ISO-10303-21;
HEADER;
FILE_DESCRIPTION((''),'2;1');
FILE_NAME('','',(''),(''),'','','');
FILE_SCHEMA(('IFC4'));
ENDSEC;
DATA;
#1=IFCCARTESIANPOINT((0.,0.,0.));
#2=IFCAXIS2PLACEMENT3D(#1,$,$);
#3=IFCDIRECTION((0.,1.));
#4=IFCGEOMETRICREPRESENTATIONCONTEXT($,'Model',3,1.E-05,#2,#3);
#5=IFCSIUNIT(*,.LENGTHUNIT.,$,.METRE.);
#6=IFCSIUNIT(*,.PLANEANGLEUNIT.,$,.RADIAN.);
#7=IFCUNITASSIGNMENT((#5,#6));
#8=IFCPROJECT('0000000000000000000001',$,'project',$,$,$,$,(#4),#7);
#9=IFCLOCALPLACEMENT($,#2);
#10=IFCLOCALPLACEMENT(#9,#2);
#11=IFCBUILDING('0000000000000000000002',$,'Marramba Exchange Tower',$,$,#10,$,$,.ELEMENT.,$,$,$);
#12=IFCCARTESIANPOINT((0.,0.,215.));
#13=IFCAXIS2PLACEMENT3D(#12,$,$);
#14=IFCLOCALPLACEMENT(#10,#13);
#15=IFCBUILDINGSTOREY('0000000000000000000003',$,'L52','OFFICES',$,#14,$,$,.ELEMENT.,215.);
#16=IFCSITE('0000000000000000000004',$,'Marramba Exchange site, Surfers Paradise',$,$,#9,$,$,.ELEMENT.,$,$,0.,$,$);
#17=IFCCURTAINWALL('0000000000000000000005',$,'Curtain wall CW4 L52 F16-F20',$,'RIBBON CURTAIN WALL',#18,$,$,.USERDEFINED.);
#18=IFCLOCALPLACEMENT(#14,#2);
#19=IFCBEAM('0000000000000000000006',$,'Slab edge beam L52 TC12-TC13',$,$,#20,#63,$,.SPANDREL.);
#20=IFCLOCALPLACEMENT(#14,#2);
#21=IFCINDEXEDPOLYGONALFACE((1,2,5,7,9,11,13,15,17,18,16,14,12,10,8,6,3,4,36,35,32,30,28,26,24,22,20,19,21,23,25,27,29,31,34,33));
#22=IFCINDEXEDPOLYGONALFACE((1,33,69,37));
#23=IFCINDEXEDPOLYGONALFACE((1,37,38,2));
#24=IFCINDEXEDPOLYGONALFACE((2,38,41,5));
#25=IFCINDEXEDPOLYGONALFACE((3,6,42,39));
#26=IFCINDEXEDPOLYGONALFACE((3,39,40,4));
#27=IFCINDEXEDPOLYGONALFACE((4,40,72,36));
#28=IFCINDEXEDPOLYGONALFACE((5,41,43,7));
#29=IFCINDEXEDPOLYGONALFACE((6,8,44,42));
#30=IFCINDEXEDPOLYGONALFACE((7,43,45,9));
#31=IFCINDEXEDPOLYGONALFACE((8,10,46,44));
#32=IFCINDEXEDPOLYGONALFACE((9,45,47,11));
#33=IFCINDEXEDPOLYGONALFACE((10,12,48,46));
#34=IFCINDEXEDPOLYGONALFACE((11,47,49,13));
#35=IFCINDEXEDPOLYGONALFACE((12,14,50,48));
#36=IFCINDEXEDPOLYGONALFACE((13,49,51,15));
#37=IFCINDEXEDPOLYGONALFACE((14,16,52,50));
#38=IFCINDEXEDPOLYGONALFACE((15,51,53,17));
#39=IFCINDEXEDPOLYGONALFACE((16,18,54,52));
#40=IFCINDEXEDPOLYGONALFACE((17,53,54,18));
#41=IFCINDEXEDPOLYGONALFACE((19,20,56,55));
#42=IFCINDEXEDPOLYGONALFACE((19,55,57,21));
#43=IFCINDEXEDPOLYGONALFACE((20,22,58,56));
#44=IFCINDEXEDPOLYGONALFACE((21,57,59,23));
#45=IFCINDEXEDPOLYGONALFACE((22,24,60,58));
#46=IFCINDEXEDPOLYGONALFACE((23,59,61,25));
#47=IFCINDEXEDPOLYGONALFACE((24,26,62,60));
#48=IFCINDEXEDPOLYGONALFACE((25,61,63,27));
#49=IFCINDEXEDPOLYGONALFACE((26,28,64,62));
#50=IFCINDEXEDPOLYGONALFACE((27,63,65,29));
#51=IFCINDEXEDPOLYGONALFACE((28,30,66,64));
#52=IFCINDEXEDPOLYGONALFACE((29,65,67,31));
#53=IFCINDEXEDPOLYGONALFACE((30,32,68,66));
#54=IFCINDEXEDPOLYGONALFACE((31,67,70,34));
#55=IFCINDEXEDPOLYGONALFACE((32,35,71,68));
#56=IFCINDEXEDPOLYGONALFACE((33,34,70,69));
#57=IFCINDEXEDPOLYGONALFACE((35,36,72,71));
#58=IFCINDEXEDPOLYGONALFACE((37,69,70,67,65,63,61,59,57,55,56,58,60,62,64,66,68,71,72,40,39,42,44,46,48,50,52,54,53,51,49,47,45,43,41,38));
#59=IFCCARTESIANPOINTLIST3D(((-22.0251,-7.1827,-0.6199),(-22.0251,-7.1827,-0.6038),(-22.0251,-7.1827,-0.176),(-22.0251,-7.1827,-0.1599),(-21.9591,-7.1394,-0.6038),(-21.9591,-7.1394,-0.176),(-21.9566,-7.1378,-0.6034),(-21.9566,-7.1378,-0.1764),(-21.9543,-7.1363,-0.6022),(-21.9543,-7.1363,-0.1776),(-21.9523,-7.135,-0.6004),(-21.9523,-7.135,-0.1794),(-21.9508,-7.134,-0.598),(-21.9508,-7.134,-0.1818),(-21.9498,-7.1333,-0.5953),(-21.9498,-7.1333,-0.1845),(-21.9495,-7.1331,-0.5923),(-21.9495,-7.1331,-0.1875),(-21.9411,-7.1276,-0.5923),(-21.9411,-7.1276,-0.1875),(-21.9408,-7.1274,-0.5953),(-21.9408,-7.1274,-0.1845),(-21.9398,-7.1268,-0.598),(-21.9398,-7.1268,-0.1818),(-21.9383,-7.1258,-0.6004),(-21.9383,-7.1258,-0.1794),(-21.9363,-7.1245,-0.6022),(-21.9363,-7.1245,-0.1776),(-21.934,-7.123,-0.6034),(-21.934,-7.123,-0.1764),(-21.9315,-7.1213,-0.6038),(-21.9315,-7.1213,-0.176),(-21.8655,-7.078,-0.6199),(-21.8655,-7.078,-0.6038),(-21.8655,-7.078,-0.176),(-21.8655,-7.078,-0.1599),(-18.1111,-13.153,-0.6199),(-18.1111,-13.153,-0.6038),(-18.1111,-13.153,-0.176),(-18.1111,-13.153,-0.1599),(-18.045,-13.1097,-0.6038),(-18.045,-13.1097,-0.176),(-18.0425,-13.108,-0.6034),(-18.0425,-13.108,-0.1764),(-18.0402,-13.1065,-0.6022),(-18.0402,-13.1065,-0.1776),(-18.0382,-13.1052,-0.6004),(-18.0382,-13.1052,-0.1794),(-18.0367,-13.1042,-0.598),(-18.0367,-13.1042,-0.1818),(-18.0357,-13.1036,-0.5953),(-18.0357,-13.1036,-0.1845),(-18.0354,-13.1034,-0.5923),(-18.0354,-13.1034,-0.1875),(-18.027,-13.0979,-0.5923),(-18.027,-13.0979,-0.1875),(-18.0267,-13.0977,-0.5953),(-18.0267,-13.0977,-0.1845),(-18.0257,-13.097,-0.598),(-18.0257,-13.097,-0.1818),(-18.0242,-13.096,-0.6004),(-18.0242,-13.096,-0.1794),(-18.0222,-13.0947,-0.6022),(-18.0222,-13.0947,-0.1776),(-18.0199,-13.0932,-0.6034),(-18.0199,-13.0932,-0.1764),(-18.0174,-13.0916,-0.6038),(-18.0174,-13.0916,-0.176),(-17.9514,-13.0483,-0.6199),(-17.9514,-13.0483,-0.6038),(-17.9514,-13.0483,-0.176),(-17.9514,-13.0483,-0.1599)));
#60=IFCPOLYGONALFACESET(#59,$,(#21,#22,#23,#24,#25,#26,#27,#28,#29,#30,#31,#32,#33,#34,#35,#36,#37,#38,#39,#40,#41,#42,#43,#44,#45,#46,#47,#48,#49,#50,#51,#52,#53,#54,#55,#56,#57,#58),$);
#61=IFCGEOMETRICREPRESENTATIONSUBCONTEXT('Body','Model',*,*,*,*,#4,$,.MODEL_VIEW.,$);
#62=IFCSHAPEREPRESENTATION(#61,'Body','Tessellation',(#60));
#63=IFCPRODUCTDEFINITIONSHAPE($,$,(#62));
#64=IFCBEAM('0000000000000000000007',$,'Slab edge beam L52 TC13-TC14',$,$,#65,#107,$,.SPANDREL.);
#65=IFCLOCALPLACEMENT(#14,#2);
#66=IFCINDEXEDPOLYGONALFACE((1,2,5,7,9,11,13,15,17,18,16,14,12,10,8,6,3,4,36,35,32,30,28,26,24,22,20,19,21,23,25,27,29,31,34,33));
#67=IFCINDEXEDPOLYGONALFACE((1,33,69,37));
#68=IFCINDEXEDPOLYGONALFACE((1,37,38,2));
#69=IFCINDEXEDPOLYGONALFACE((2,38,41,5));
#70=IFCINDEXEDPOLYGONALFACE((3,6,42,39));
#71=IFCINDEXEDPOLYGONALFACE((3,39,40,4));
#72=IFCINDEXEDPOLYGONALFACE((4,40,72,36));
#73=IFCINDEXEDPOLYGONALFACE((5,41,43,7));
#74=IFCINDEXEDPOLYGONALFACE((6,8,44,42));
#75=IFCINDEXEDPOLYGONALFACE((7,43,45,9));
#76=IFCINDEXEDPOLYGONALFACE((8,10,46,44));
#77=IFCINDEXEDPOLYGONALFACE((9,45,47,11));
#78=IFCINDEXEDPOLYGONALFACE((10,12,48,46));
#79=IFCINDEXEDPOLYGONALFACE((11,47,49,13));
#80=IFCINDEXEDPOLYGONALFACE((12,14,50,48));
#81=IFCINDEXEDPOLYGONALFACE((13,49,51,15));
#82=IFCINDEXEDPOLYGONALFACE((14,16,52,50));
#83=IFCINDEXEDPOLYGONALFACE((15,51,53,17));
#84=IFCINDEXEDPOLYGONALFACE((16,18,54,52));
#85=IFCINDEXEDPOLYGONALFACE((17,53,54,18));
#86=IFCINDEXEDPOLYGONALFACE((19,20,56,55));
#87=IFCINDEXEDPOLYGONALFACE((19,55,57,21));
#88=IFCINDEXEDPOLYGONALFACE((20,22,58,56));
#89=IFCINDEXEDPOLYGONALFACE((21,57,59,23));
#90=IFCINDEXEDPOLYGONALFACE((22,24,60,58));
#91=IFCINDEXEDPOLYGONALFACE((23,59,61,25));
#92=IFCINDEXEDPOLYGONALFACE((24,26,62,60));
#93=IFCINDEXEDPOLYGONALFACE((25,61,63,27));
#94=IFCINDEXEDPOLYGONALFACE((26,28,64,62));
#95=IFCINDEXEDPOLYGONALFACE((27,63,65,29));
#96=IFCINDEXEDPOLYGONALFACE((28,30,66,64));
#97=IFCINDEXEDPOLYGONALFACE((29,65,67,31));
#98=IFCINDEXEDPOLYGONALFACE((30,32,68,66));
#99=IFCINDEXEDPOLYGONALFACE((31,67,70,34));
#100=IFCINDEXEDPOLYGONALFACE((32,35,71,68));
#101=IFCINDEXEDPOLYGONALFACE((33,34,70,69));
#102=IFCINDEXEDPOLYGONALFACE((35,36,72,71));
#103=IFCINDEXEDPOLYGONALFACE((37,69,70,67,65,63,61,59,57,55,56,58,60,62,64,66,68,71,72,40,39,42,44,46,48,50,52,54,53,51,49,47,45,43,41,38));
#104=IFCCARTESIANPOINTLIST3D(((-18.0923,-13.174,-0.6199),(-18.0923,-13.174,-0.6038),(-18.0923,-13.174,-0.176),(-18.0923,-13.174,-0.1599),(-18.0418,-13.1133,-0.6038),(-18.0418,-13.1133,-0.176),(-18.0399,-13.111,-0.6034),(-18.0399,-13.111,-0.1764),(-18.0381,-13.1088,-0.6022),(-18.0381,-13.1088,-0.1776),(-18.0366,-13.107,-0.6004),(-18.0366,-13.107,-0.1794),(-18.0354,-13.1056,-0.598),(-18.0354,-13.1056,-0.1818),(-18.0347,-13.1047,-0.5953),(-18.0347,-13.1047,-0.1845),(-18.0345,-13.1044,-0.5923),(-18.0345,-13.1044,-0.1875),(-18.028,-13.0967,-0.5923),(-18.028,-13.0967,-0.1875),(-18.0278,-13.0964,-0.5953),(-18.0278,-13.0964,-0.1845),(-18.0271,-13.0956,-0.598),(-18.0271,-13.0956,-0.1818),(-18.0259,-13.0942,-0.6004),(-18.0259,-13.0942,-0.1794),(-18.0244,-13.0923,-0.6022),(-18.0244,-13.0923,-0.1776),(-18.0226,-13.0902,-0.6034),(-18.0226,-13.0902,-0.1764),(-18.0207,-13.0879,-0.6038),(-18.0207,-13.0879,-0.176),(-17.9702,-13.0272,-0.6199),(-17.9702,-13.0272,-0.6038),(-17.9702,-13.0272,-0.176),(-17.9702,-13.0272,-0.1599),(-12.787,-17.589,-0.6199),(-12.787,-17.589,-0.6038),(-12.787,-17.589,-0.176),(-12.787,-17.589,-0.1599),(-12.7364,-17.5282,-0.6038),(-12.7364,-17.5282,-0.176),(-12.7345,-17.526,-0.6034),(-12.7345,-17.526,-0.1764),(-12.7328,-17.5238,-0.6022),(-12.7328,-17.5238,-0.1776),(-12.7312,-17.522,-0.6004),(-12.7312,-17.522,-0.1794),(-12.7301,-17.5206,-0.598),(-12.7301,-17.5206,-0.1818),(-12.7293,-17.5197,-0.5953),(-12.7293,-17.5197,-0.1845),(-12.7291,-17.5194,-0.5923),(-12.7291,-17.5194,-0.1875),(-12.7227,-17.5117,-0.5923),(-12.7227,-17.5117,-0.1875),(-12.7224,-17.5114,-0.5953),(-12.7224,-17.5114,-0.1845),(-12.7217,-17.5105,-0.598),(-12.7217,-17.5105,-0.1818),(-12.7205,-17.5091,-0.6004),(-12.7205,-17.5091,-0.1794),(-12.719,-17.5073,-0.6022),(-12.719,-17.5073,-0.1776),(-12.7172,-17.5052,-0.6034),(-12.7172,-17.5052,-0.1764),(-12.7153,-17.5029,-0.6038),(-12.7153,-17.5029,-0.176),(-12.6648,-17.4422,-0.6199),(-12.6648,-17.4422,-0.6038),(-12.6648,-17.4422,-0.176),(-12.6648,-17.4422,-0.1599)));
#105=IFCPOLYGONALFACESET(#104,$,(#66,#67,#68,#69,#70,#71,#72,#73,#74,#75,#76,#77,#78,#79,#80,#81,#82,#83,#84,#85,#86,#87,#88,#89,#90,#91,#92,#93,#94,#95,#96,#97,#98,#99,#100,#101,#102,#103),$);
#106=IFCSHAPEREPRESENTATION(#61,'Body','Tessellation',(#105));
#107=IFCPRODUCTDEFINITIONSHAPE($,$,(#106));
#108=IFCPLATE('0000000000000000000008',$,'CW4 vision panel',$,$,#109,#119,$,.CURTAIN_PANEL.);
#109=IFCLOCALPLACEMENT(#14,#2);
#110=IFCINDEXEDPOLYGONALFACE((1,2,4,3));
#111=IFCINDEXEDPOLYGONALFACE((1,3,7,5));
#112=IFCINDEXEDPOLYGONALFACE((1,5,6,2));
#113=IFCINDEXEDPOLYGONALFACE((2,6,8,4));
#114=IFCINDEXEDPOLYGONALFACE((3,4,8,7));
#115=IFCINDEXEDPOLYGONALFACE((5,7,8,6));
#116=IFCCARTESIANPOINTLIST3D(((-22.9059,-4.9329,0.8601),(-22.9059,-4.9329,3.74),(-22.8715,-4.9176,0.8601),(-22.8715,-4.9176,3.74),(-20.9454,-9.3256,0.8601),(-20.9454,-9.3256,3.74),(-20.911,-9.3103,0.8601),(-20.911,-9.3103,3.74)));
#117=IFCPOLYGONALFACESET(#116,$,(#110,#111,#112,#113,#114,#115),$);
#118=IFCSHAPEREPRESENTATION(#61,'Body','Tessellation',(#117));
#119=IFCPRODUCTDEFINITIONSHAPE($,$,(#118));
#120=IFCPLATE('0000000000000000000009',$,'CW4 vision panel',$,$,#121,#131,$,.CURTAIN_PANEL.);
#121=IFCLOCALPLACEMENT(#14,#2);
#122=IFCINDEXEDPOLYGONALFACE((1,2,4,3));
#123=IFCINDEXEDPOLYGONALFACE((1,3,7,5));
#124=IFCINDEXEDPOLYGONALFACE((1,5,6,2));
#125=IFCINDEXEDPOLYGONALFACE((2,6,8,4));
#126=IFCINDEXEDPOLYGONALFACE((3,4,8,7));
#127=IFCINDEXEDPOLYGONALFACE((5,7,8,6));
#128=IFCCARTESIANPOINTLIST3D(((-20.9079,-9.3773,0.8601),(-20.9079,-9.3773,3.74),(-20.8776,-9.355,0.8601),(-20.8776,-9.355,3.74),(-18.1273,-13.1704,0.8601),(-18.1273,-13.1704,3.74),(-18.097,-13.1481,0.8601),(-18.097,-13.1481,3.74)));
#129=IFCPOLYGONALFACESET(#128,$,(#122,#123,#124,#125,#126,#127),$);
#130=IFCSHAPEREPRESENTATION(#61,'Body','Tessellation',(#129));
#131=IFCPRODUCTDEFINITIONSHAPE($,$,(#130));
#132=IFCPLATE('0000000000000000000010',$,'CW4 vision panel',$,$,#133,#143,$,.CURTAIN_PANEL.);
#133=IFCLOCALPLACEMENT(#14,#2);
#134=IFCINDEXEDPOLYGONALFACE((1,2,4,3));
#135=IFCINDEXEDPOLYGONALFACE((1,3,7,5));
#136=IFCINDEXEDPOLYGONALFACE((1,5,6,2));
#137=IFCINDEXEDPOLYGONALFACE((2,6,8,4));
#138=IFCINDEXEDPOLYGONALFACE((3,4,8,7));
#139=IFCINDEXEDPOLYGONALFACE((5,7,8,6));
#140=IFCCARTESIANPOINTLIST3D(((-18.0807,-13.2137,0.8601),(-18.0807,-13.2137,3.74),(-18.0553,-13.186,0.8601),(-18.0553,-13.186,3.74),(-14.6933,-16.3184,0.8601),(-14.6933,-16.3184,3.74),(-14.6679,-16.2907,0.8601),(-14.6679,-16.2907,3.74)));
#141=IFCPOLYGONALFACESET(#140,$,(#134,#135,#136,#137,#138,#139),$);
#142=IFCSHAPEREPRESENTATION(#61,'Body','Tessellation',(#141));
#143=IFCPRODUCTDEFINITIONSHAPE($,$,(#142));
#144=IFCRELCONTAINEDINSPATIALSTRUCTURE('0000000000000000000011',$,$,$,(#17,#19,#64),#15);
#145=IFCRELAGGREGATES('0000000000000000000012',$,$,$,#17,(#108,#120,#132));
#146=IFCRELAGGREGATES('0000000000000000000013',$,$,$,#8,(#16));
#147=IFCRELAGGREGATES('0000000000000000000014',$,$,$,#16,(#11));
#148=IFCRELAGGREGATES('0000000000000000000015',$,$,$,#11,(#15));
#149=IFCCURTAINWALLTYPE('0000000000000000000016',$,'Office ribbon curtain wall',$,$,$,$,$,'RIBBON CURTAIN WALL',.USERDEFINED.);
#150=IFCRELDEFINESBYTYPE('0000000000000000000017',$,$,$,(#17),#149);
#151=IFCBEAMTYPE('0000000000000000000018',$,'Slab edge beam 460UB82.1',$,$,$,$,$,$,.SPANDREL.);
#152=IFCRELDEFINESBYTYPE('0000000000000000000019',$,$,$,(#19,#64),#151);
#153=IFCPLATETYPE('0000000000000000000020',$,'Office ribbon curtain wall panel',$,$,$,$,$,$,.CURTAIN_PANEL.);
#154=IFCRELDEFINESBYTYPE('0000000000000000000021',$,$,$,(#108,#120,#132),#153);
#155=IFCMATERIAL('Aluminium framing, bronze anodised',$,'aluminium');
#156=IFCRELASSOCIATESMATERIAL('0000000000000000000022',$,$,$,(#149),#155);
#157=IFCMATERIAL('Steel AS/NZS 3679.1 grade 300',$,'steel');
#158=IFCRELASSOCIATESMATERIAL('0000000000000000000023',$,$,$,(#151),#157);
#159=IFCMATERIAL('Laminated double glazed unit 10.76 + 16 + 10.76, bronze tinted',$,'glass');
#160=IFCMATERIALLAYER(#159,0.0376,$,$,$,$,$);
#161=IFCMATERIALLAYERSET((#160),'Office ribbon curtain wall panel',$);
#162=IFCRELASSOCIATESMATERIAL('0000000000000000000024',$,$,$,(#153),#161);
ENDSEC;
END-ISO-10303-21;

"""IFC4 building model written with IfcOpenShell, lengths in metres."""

from ifc_helpers import new_model, si_unit, direction, frame, origin, origin_2d, place, context, subcontext, project, spatial, rectangle, i_section, extrude, material, layer, layer_set, material_profile, profile_set, type_object, element, aggregate, save


model = new_model("IFC4")

# Units and contexts
model_context = context("Model", 3, precision=1e-05, world=origin(), true_north=direction((0.0, 1.0)))
body_context = subcontext(model_context, "Body", "Model", "MODEL_VIEW")
ifc_project = project(units=[si_unit("LENGTHUNIT", "METRE"), si_unit("PLANEANGLEUNIT", "RADIAN")], contexts=[model_context])

# Site, building, storey
site_placement = place(None, origin())
site = spatial("IfcSite", under=ifc_project, at=site_placement, Name="Marramba Exchange site, Surfers Paradise", CompositionType="ELEMENT", RefElevation=0.0)
building_placement = place(site_placement, origin())
building = spatial("IfcBuilding", under=site, at=building_placement, Name="Marramba Exchange Tower", CompositionType="ELEMENT")
storey_placement = place(building_placement, frame((0.0, 0.0, 215.0)))
storey = spatial("IfcBuildingStorey", under=building, at=storey_placement, Name="L52", Description="OFFICES", CompositionType="ELEMENT", Elevation=215.0)

# Curtain wall
ifc_material_1 = material(Name="Aluminium framing, bronze anodised", Category="aluminium")
curtain_wall_type = type_object("IfcCurtainWallType", Name="Office ribbon curtain wall", ElementType="RIBBON CURTAIN WALL", PredefinedType="USERDEFINED", material=ifc_material_1)
curtain_wall_placement = place(storey_placement, origin())
curtain_wall = element("IfcCurtainWall", 1, at=curtain_wall_placement, inside=storey, type_object=curtain_wall_type, Name="Curtain wall CW4 L52 F16-F20", ObjectType="RIBBON CURTAIN WALL", PredefinedType="USERDEFINED")

# Beams
ifc_material_2 = material(Name="Steel AS/NZS 3679.1 grade 300", Category="steel")
ifc_material_profile_1 = material_profile(ifc_material_2, i_section(OverallWidth=0.1909, OverallDepth=0.46, WebThickness=0.01, FlangeThickness=0.0161, FilletRadius=0.0115, at=origin_2d()), Name="460UB82.1")
ifc_profile_set_1 = profile_set([ifc_material_profile_1], Name="Steel AS/NZS 3679.1 grade 300")
beam_type_1 = type_object("IfcBeamType", Name="Slab edge beam 460UB82.1", PredefinedType="SPANDREL", material=ifc_profile_set_1)
beam_1_placement = place(storey_placement, frame((-21.9453, -7.1304, -0.3899), z_axis=(0.548275, -0.836298, 0.0), x_axis=(0.836298, 0.548275, 0.0)))
element("IfcBeam", 2, at=beam_1_placement, inside=storey, type_object=beam_type_1, Name="Slab edge beam L52 TC12-TC13", PredefinedType="SPANDREL", context=body_context, shape_type="SweptSolid", body=[
    extrude(i_section(OverallWidth=0.1909, OverallDepth=0.46, WebThickness=0.01, FlangeThickness=0.0161, FilletRadius=0.0115, at=origin_2d()), origin(), (0.0, 0.0, 1.0), 7.1389),
])
beam_2_placement = place(storey_placement, frame((-18.0312, -13.1006, -0.3899), z_axis=(0.768659, -0.639659, 0.0), x_axis=(0.639659, 0.768659, 0.0)))
element("IfcBeam", 3, at=beam_2_placement, inside=storey, type_object=beam_type_1, Name="Slab edge beam L52 TC13-TC14", PredefinedType="SPANDREL", context=body_context, shape_type="SweptSolid", body=[
    extrude(i_section(OverallWidth=0.1909, OverallDepth=0.46, WebThickness=0.01, FlangeThickness=0.0161, FilletRadius=0.0115, at=origin_2d()), origin(), (0.0, 0.0, 1.0), 6.9021),
])

# Plates
ifc_material_3 = material(Name="Laminated double glazed unit 10.76 + 16 + 10.76, bronze tinted", Category="glass")
ifc_layer_1 = layer(ifc_material_3, 0.0376)
ifc_layer_set_1 = layer_set([ifc_layer_1], Name="Office ribbon curtain wall panel")
plate_type = type_object("IfcPlateType", Name="Office ribbon curtain wall panel", PredefinedType="CURTAIN_PANEL", material=ifc_layer_set_1)
plate_1_placement = place(storey_placement, frame((-21.9084, -7.1216, 0.8601), z_axis=(0.0, 0.0, 1.0), x_axis=(0.407558, -0.91318, 0.0)))
plate_1 = element("IfcPlate", 4, at=plate_1_placement, type_object=plate_type, Name="CW4 vision panel", PredefinedType="CURTAIN_PANEL", context=body_context, shape_type="SweptSolid", body=[
    extrude(rectangle(XDim=4.8103, YDim=0.0376, at=origin_2d()), origin(), (0.0, 0.0, 1.0), 2.8799),
])
plate_2_placement = place(storey_placement, frame((-19.5024, -11.2627, 0.8601), z_axis=(0.0, 0.0, 1.0), x_axis=(0.591223, -0.806508, 0.0)))
plate_2 = element("IfcPlate", 5, at=plate_2_placement, type_object=plate_type, Name="CW4 vision panel", PredefinedType="CURTAIN_PANEL", context=body_context, shape_type="SweptSolid", body=[
    extrude(rectangle(XDim=4.7031, YDim=0.0376, at=origin_2d()), origin(), (0.0, 0.0, 1.0), 2.8799),
])
plate_3_placement = place(storey_placement, frame((-16.3743, -14.7522, 0.8601), z_axis=(0.0, 0.0, 1.0), x_axis=(0.737203, -0.675671, 0.0)))
plate_3 = element("IfcPlate", 6, at=plate_3_placement, type_object=plate_type, Name="CW4 vision panel", PredefinedType="CURTAIN_PANEL", context=body_context, shape_type="SweptSolid", body=[
    extrude(rectangle(XDim=4.595, YDim=0.0376, at=origin_2d()), origin(), (0.0, 0.0, 1.0), 2.8799),
])
aggregate(curtain_wall, [plate_1, plate_2, plate_3])

save(model, "model.ifc")
